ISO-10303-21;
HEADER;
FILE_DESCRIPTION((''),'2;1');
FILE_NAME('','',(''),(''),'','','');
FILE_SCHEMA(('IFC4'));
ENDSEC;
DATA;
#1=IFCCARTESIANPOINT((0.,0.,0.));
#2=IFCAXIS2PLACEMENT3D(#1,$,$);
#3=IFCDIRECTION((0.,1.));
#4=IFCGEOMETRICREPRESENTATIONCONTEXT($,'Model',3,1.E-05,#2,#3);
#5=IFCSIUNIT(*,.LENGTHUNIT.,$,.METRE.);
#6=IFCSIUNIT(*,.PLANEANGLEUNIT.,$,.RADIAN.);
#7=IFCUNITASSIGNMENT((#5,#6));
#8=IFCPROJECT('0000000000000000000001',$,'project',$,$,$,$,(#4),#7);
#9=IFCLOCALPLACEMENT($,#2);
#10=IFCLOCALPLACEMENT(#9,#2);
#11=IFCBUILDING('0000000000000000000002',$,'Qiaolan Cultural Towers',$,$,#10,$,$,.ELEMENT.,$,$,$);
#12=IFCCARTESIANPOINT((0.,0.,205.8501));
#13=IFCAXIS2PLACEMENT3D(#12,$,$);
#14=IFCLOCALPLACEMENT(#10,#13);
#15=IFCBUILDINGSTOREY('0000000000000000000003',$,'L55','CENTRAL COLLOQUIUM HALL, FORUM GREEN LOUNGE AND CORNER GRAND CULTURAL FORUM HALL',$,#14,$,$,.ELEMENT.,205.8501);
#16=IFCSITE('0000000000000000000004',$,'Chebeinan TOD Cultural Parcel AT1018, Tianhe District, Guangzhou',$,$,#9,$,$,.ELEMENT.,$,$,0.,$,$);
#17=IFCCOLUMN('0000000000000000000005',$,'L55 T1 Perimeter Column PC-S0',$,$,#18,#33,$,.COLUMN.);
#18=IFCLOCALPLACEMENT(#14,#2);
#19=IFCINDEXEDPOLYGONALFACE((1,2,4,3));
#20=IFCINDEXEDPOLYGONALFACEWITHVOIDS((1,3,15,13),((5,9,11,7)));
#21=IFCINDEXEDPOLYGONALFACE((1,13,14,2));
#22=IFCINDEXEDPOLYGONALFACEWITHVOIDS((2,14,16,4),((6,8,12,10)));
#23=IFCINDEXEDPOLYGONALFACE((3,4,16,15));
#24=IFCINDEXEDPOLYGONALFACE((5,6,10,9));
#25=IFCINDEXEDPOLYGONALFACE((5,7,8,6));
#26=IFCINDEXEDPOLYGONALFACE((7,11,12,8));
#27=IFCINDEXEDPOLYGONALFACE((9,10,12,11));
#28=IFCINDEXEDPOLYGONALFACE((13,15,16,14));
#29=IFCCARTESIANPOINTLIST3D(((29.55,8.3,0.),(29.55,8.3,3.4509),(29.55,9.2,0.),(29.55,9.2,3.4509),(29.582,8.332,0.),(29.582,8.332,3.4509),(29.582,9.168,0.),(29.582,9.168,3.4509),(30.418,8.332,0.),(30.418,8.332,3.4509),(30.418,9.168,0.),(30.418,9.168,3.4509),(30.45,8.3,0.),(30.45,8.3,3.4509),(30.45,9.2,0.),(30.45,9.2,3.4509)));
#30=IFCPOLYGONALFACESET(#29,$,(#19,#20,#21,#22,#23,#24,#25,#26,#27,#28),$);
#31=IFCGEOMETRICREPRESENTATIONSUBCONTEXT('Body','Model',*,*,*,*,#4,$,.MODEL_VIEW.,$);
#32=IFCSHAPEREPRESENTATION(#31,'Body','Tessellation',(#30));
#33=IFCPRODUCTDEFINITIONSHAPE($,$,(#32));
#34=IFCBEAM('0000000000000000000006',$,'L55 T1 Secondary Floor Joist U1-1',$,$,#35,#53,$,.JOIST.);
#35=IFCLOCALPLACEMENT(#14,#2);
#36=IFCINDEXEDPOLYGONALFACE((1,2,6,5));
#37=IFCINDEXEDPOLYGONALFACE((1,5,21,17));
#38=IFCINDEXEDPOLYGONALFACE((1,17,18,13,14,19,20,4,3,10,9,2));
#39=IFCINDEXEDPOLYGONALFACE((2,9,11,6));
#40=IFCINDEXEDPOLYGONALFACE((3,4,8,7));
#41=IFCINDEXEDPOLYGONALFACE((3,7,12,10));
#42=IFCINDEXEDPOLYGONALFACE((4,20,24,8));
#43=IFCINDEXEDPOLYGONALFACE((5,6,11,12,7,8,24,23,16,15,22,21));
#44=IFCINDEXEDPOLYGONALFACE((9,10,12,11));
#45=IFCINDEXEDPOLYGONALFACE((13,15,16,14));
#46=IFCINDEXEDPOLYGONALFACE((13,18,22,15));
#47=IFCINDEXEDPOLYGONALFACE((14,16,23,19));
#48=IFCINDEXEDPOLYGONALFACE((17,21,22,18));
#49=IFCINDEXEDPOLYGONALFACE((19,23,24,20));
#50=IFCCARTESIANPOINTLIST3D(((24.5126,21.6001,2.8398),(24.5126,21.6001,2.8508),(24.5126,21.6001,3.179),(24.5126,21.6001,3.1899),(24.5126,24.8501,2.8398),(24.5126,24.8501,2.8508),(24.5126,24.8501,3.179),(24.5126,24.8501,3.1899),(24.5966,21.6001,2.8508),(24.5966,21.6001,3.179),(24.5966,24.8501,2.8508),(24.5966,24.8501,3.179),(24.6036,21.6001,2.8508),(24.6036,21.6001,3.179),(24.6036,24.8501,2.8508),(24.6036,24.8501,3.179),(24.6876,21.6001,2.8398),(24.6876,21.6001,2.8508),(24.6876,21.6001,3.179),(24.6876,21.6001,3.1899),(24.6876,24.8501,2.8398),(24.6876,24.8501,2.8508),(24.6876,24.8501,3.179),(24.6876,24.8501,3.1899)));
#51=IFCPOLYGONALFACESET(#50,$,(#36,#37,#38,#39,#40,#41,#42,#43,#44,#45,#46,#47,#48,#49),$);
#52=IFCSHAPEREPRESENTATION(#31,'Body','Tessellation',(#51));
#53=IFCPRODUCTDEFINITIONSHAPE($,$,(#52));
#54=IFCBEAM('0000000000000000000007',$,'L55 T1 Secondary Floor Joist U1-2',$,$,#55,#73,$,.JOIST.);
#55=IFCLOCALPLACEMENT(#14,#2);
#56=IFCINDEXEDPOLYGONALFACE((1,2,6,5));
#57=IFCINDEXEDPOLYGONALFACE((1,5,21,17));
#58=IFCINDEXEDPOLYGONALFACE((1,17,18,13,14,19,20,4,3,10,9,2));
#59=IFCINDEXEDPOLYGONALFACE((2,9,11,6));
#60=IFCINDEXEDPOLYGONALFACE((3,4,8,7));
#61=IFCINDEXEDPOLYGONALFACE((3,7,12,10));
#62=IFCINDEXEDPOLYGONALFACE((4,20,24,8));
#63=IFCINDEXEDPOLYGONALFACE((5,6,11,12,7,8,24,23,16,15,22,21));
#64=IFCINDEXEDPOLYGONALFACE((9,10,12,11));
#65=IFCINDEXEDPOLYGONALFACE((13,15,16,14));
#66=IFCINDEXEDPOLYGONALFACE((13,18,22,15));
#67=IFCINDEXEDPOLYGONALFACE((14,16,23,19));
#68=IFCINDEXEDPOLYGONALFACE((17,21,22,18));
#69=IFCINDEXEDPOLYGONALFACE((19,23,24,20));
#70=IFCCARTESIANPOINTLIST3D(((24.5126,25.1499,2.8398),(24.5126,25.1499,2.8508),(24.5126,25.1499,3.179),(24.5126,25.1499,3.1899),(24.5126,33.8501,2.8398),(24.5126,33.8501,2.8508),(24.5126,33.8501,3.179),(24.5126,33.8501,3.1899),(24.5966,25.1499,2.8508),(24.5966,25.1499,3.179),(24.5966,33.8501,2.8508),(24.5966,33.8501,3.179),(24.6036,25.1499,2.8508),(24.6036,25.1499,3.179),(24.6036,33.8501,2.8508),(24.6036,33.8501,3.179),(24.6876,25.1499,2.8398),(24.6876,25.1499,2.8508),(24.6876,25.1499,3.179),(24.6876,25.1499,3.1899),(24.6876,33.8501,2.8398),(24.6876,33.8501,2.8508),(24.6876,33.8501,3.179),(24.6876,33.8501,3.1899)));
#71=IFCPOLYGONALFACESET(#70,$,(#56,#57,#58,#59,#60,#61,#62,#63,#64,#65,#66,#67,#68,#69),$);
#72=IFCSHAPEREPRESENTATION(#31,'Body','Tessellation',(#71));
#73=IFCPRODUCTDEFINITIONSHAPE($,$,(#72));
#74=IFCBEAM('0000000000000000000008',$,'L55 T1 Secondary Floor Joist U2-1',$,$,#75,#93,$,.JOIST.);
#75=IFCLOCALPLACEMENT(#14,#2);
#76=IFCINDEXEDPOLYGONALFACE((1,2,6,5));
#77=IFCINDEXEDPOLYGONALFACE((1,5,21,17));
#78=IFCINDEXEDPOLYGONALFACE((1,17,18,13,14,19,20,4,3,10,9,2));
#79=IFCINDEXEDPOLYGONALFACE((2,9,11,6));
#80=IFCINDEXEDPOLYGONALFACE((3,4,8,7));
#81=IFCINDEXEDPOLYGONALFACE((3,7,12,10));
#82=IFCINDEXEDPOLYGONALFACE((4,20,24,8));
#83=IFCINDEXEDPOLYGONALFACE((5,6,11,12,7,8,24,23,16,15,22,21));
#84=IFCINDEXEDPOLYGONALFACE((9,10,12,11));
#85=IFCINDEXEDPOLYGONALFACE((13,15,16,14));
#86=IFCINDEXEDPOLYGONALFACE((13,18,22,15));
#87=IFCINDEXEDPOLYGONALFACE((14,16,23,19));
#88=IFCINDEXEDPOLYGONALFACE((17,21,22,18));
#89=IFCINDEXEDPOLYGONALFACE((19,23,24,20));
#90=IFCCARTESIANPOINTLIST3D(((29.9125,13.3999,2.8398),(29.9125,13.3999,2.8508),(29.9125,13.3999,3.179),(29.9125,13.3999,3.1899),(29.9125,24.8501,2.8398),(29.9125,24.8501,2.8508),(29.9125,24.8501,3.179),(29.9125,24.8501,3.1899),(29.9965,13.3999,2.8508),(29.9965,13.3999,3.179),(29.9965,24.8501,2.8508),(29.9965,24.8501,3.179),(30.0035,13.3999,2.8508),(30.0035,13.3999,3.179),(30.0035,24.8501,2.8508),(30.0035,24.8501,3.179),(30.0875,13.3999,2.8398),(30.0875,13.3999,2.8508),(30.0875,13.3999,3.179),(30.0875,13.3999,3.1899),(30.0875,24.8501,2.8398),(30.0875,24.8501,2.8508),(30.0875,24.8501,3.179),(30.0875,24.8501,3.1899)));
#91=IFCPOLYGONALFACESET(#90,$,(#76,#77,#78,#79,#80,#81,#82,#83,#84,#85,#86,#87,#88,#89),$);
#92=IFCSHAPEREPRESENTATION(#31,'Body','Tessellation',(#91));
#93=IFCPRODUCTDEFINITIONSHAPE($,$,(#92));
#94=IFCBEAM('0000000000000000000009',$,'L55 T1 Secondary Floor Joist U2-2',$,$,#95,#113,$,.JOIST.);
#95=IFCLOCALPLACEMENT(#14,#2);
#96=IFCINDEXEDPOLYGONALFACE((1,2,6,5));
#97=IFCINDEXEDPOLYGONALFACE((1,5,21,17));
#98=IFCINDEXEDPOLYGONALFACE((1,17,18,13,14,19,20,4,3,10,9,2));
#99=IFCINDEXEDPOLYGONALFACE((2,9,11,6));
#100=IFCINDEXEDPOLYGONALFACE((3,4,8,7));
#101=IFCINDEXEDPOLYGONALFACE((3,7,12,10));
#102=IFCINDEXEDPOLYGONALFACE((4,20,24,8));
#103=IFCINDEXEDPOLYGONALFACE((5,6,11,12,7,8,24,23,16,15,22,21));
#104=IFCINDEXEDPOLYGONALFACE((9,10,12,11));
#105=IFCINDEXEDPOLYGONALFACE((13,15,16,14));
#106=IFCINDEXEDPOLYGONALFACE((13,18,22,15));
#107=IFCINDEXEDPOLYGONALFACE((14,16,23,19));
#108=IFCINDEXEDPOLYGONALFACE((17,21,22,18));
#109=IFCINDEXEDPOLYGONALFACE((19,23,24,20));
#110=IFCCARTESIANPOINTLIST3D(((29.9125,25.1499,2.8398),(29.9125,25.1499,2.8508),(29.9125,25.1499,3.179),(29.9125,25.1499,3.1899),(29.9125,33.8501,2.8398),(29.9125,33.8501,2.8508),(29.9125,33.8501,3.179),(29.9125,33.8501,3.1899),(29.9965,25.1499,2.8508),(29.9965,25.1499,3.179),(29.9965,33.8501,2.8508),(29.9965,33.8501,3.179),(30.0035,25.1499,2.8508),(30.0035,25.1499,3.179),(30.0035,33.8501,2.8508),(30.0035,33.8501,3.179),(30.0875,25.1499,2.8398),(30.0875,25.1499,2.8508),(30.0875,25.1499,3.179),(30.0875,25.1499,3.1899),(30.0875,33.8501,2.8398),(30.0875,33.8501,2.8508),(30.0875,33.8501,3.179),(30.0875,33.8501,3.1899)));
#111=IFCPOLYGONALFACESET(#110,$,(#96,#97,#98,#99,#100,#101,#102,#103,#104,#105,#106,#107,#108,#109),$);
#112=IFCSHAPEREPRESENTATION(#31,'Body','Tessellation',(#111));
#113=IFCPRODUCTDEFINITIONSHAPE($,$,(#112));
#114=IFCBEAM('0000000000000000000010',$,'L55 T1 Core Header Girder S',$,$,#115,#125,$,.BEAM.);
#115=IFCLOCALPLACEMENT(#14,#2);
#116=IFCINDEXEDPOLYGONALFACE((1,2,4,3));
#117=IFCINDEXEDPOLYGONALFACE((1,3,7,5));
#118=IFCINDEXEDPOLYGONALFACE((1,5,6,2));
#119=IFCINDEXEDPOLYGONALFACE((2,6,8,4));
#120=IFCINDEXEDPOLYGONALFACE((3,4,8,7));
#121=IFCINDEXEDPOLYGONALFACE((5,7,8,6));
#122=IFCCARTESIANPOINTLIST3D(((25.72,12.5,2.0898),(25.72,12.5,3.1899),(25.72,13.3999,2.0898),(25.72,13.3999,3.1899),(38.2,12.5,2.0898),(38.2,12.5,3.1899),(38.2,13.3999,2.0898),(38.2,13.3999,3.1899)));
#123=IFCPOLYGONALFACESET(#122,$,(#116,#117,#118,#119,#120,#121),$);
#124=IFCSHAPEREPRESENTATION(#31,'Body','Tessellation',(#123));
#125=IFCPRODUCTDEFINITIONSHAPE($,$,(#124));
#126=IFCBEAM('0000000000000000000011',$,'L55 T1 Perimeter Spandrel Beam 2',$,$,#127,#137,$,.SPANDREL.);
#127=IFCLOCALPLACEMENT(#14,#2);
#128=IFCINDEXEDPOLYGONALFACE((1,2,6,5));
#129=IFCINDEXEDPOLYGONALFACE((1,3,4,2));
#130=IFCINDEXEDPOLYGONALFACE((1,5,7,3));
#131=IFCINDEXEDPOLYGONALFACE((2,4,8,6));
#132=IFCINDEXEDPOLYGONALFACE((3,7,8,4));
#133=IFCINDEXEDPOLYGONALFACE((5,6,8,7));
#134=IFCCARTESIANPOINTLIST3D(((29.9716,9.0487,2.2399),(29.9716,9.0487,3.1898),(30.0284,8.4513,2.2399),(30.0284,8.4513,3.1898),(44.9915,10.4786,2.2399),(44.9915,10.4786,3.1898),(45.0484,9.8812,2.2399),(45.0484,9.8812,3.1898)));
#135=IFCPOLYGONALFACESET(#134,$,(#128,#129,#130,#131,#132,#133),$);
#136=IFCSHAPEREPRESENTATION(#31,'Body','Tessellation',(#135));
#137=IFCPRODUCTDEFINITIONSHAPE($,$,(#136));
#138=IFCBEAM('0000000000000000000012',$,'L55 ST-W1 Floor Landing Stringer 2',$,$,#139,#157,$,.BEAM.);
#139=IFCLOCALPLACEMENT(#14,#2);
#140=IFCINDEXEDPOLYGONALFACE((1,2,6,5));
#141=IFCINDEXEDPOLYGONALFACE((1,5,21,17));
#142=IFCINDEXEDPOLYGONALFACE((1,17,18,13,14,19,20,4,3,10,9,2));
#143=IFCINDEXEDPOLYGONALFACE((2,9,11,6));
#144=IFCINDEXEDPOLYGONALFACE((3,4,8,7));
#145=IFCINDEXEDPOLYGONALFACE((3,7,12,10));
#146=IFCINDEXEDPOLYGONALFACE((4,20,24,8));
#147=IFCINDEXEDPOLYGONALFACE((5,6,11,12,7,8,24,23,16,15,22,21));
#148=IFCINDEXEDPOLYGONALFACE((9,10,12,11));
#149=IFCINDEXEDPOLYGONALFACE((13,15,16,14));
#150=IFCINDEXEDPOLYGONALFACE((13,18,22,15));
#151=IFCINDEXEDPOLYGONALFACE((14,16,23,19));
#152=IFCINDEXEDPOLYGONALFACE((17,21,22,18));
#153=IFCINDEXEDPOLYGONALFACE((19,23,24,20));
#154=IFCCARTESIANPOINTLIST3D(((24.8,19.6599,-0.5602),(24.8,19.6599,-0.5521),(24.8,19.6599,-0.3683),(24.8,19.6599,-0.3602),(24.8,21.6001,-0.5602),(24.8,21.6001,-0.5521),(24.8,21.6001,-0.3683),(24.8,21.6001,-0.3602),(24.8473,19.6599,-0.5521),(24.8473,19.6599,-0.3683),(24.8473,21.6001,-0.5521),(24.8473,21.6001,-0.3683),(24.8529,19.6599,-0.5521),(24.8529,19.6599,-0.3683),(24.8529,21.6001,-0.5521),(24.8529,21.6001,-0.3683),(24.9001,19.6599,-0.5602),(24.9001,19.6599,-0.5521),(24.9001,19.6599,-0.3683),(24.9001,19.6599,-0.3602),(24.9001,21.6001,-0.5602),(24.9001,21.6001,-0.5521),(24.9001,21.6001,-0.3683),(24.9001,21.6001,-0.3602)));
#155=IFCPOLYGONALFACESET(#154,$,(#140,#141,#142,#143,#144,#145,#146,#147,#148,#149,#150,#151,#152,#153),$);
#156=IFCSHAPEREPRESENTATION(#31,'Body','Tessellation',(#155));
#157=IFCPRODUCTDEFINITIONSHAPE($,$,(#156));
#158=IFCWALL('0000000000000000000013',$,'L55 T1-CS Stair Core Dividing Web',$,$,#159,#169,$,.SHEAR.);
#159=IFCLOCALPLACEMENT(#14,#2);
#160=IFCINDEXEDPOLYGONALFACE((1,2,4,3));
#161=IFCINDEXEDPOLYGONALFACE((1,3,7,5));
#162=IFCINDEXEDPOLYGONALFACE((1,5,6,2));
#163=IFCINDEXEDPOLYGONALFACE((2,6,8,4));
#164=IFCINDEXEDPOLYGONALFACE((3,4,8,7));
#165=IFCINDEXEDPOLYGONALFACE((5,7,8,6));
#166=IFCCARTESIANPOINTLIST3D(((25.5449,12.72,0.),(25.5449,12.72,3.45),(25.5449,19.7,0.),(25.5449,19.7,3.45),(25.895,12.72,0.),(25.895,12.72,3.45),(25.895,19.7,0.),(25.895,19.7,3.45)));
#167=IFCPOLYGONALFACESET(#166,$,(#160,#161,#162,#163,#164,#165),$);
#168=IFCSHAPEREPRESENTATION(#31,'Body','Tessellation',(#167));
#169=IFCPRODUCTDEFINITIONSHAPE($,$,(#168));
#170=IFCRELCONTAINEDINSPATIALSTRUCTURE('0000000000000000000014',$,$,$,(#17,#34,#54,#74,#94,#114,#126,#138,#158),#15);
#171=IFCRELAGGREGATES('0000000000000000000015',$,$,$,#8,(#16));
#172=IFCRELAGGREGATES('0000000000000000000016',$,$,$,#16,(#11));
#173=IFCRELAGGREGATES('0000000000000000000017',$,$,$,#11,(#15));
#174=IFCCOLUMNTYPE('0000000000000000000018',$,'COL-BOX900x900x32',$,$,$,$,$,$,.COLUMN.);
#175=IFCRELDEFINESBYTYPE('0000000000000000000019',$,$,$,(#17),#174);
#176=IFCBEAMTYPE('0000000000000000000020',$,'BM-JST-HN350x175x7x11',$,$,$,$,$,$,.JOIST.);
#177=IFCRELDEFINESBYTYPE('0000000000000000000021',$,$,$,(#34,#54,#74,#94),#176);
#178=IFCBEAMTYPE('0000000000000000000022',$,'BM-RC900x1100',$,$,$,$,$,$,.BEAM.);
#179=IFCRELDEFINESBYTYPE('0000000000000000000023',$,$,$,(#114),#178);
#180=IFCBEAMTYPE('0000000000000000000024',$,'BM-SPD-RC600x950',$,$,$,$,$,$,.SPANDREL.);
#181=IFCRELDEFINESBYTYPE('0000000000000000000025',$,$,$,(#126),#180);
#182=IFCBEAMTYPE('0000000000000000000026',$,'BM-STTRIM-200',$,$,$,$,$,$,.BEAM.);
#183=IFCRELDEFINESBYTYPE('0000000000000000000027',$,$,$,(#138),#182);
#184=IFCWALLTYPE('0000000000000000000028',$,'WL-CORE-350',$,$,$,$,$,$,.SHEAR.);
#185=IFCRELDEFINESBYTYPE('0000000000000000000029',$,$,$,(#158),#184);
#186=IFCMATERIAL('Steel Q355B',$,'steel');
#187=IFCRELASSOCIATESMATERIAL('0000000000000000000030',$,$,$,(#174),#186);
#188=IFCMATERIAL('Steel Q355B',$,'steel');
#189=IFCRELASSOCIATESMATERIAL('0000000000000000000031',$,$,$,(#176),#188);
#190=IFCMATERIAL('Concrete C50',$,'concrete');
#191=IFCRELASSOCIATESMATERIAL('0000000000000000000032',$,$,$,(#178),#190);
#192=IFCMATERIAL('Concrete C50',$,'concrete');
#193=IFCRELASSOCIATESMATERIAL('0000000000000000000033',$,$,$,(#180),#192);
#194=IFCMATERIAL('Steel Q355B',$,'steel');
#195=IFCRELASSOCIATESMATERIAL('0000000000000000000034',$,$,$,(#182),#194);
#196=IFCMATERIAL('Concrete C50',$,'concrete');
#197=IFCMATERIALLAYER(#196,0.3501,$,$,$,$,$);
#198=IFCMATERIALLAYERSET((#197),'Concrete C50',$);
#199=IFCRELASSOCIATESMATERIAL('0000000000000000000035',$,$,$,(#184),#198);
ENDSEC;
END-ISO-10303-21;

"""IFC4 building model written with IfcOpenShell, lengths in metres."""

from ifc_helpers import new_model, si_unit, direction, frame, frame_2d, origin, origin_2d, place, context, subcontext, project, spatial, rectangle, hollow_rectangle, i_section, extrude, material, layer, layer_set, material_profile, profile_set, type_object, element, save


model = new_model("IFC4")

# Units and contexts
model_context = context("Model", 3, precision=1e-05, world=origin(), true_north=direction((0.0, 1.0)))
body_context = subcontext(model_context, "Body", "Model", "MODEL_VIEW")
ifc_project = project(units=[si_unit("LENGTHUNIT", "METRE"), si_unit("PLANEANGLEUNIT", "RADIAN")], contexts=[model_context])

# Site, building, storey
site_placement = place(None, origin())
site = spatial("IfcSite", under=ifc_project, at=site_placement, Name="Chebeinan TOD Cultural Parcel AT1018, Tianhe District, Guangzhou", CompositionType="ELEMENT", RefElevation=0.0)
building_placement = place(site_placement, origin())
building = spatial("IfcBuilding", under=site, at=building_placement, Name="Qiaolan Cultural Towers", CompositionType="ELEMENT")
storey_placement = place(building_placement, frame((0.0, 0.0, 205.8501)))
storey = spatial("IfcBuildingStorey", under=building, at=storey_placement, Name="L55", Description="CENTRAL COLLOQUIUM HALL, FORUM GREEN LOUNGE AND CORNER GRAND CULTURAL FORUM HALL", CompositionType="ELEMENT", Elevation=205.8501)

# Column
ifc_material_1 = material(Name="Steel Q355B", Category="steel")
ifc_material_profile_1 = material_profile(ifc_material_1, hollow_rectangle(XDim=0.8999, YDim=0.8999, WallThickness=0.032, at=origin_2d()), Name="BOX900x900x32")
ifc_profile_set_1 = profile_set([ifc_material_profile_1], Name="Steel Q355B")
column_type = type_object("IfcColumnType", Name="COL-BOX900x900x32", PredefinedType="COLUMN", material=ifc_profile_set_1)
column_placement = place(storey_placement, frame((30.0, 8.75, 0.0), z_axis=(0.0, 0.0, 1.0), x_axis=(1.0, 0.0, 0.0)))
element("IfcColumn", 1, at=column_placement, inside=storey, type_object=column_type, Name="L55 T1 Perimeter Column PC-S0", PredefinedType="COLUMN", context=body_context, shape_type="SweptSolid", body=[
    extrude(hollow_rectangle(XDim=0.8999, YDim=0.8999, WallThickness=0.032, at=origin_2d()), origin(), (0.0, 0.0, 1.0), 3.4509),
])

# Beams
ifc_material_2 = material(Name="Steel Q355B", Category="steel")
ifc_material_profile_2 = material_profile(ifc_material_2, i_section(OverallWidth=0.175, OverallDepth=0.3501, WebThickness=0.0071, FlangeThickness=0.011, at=origin_2d()), Name="HN350x175x7x11")
ifc_profile_set_2 = profile_set([ifc_material_profile_2], Name="Steel Q355B")
beam_type_1 = type_object("IfcBeamType", Name="BM-JST-HN350x175x7x11", PredefinedType="JOIST", material=ifc_profile_set_2)
beam_1_placement = place(storey_placement, frame((24.6001, 21.6001, 3.0149), z_axis=(0.0, 1.0, 0.0), x_axis=(-1.0, 0.0, 0.0)))
element("IfcBeam", 2, at=beam_1_placement, inside=storey, type_object=beam_type_1, Name="L55 T1 Secondary Floor Joist U1-1", PredefinedType="JOIST", context=body_context, shape_type="SweptSolid", body=[
    extrude(i_section(OverallWidth=0.175, OverallDepth=0.3501, WebThickness=0.0071, FlangeThickness=0.011, at=origin_2d()), origin(), (0.0, 0.0, 1.0), 3.25),
])
beam_2_placement = place(storey_placement, frame((24.6001, 25.1499, 3.0149), z_axis=(0.0, 1.0, 0.0), x_axis=(-1.0, 0.0, 0.0)))
element("IfcBeam", 3, at=beam_2_placement, inside=storey, type_object=beam_type_1, Name="L55 T1 Secondary Floor Joist U1-2", PredefinedType="JOIST", context=body_context, shape_type="SweptSolid", body=[
    extrude(i_section(OverallWidth=0.175, OverallDepth=0.3501, WebThickness=0.0071, FlangeThickness=0.011, at=origin_2d()), origin(), (0.0, 0.0, 1.0), 8.7002),
])
beam_3_placement = place(storey_placement, frame((30.0, 13.3999, 3.0149), z_axis=(0.0, 1.0, 0.0), x_axis=(-1.0, 0.0, 0.0)))
element("IfcBeam", 4, at=beam_3_placement, inside=storey, type_object=beam_type_1, Name="L55 T1 Secondary Floor Joist U2-1", PredefinedType="JOIST", context=body_context, shape_type="SweptSolid", body=[
    extrude(i_section(OverallWidth=0.175, OverallDepth=0.3501, WebThickness=0.0071, FlangeThickness=0.011, at=origin_2d()), origin(), (0.0, 0.0, 1.0), 11.4502),
])
beam_4_placement = place(storey_placement, frame((30.0, 25.1499, 3.0149), z_axis=(0.0, 1.0, 0.0), x_axis=(-1.0, 0.0, 0.0)))
element("IfcBeam", 5, at=beam_4_placement, inside=storey, type_object=beam_type_1, Name="L55 T1 Secondary Floor Joist U2-2", PredefinedType="JOIST", context=body_context, shape_type="SweptSolid", body=[
    extrude(i_section(OverallWidth=0.175, OverallDepth=0.3501, WebThickness=0.0071, FlangeThickness=0.011, at=origin_2d()), origin(), (0.0, 0.0, 1.0), 8.7002),
])
ifc_material_3 = material(Name="Concrete C50", Category="concrete")
ifc_material_profile_3 = material_profile(ifc_material_3, rectangle(XDim=0.8999, YDim=1.1001, at=origin_2d()), Name="RC900x1100")
ifc_profile_set_3 = profile_set([ifc_material_profile_3], Name="Concrete C50")
beam_type_2 = type_object("IfcBeamType", Name="BM-RC900x1100", PredefinedType="BEAM", material=ifc_profile_set_3)
beam_5_placement = place(storey_placement, frame((25.72, 12.95, 2.6399), z_axis=(1.0, 0.0, 0.0), x_axis=(0.0, 1.0, 0.0)))
element("IfcBeam", 6, at=beam_5_placement, inside=storey, type_object=beam_type_2, Name="L55 T1 Core Header Girder S", PredefinedType="BEAM", context=body_context, shape_type="SweptSolid", body=[
    extrude(rectangle(XDim=0.8999, YDim=1.1001, at=origin_2d()), origin(), (0.0, 0.0, 1.0), 12.48),
])
ifc_material_4 = material(Name="Concrete C50", Category="concrete")
ifc_material_profile_4 = material_profile(ifc_material_4, rectangle(XDim=0.6001, YDim=0.95, at=origin_2d()), Name="RC600x950")
ifc_profile_set_4 = profile_set([ifc_material_profile_4], Name="Concrete C50")
beam_type_3 = type_object("IfcBeamType", Name="BM-SPD-RC600x950", PredefinedType="SPANDREL", material=ifc_profile_set_4)
beam_6_placement = place(storey_placement, frame((30.0, 8.75, 2.7148), z_axis=(0.995499, 0.094773, 0.0), x_axis=(-0.094773, 0.995499, 0.0)))
element("IfcBeam", 7, at=beam_6_placement, inside=storey, type_object=beam_type_3, Name="L55 T1 Perimeter Spandrel Beam 2", PredefinedType="SPANDREL", context=body_context, shape_type="SweptSolid", body=[
    extrude(rectangle(XDim=0.6001, YDim=0.95, at=origin_2d()), origin(), (0.0, 0.0, 1.0), 15.0879),
])
ifc_material_5 = material(Name="Steel Q355B", Category="steel")
ifc_material_profile_5 = material_profile(ifc_material_5, i_section(OverallWidth=0.1001, OverallDepth=0.2, WebThickness=0.0056, FlangeThickness=0.0081, at=origin_2d()), Name="HN200x100x5.5x8")
ifc_profile_set_5 = profile_set([ifc_material_profile_5], Name="Steel Q355B")
beam_type_4 = type_object("IfcBeamType", Name="BM-STTRIM-200", PredefinedType="BEAM", material=ifc_profile_set_5)
beam_7_placement = place(storey_placement, frame((24.8501, 21.6001, -0.4602), z_axis=(0.0, -1.0, 0.0), x_axis=(1.0, 0.0, 0.0)))
element("IfcBeam", 8, at=beam_7_placement, inside=storey, type_object=beam_type_4, Name="L55 ST-W1 Floor Landing Stringer 2", PredefinedType="BEAM", context=body_context, shape_type="SweptSolid", body=[
    extrude(i_section(OverallWidth=0.1001, OverallDepth=0.2, WebThickness=0.0056, FlangeThickness=0.0081, at=origin_2d()), origin(), (0.0, 0.0, 1.0), 1.9402),
])

# Wall
ifc_material_6 = material(Name="Concrete C50", Category="concrete")
ifc_layer_1 = layer(ifc_material_6, 0.3501)
ifc_layer_set_1 = layer_set([ifc_layer_1], Name="Concrete C50")
wall_type_1 = type_object("IfcWallType", Name="WL-CORE-350", PredefinedType="SHEAR", material=ifc_layer_set_1)
wall_1_placement = place(storey_placement, frame((25.72, 19.7, 0.0), z_axis=(0.0, 0.0, 1.0), x_axis=(0.0, -1.0, 0.0)))
element("IfcWall", 9, at=wall_1_placement, inside=storey, type_object=wall_type_1, Name="L55 T1-CS Stair Core Dividing Web", PredefinedType="SHEAR", context=body_context, shape_type="SweptSolid", body=[
    extrude(rectangle(XDim=6.98, YDim=0.3501, at=frame_2d((3.49, 0.0))), origin(), (0.0, 0.0, 1.0), 3.45),
])

save(model, "model.ifc")
